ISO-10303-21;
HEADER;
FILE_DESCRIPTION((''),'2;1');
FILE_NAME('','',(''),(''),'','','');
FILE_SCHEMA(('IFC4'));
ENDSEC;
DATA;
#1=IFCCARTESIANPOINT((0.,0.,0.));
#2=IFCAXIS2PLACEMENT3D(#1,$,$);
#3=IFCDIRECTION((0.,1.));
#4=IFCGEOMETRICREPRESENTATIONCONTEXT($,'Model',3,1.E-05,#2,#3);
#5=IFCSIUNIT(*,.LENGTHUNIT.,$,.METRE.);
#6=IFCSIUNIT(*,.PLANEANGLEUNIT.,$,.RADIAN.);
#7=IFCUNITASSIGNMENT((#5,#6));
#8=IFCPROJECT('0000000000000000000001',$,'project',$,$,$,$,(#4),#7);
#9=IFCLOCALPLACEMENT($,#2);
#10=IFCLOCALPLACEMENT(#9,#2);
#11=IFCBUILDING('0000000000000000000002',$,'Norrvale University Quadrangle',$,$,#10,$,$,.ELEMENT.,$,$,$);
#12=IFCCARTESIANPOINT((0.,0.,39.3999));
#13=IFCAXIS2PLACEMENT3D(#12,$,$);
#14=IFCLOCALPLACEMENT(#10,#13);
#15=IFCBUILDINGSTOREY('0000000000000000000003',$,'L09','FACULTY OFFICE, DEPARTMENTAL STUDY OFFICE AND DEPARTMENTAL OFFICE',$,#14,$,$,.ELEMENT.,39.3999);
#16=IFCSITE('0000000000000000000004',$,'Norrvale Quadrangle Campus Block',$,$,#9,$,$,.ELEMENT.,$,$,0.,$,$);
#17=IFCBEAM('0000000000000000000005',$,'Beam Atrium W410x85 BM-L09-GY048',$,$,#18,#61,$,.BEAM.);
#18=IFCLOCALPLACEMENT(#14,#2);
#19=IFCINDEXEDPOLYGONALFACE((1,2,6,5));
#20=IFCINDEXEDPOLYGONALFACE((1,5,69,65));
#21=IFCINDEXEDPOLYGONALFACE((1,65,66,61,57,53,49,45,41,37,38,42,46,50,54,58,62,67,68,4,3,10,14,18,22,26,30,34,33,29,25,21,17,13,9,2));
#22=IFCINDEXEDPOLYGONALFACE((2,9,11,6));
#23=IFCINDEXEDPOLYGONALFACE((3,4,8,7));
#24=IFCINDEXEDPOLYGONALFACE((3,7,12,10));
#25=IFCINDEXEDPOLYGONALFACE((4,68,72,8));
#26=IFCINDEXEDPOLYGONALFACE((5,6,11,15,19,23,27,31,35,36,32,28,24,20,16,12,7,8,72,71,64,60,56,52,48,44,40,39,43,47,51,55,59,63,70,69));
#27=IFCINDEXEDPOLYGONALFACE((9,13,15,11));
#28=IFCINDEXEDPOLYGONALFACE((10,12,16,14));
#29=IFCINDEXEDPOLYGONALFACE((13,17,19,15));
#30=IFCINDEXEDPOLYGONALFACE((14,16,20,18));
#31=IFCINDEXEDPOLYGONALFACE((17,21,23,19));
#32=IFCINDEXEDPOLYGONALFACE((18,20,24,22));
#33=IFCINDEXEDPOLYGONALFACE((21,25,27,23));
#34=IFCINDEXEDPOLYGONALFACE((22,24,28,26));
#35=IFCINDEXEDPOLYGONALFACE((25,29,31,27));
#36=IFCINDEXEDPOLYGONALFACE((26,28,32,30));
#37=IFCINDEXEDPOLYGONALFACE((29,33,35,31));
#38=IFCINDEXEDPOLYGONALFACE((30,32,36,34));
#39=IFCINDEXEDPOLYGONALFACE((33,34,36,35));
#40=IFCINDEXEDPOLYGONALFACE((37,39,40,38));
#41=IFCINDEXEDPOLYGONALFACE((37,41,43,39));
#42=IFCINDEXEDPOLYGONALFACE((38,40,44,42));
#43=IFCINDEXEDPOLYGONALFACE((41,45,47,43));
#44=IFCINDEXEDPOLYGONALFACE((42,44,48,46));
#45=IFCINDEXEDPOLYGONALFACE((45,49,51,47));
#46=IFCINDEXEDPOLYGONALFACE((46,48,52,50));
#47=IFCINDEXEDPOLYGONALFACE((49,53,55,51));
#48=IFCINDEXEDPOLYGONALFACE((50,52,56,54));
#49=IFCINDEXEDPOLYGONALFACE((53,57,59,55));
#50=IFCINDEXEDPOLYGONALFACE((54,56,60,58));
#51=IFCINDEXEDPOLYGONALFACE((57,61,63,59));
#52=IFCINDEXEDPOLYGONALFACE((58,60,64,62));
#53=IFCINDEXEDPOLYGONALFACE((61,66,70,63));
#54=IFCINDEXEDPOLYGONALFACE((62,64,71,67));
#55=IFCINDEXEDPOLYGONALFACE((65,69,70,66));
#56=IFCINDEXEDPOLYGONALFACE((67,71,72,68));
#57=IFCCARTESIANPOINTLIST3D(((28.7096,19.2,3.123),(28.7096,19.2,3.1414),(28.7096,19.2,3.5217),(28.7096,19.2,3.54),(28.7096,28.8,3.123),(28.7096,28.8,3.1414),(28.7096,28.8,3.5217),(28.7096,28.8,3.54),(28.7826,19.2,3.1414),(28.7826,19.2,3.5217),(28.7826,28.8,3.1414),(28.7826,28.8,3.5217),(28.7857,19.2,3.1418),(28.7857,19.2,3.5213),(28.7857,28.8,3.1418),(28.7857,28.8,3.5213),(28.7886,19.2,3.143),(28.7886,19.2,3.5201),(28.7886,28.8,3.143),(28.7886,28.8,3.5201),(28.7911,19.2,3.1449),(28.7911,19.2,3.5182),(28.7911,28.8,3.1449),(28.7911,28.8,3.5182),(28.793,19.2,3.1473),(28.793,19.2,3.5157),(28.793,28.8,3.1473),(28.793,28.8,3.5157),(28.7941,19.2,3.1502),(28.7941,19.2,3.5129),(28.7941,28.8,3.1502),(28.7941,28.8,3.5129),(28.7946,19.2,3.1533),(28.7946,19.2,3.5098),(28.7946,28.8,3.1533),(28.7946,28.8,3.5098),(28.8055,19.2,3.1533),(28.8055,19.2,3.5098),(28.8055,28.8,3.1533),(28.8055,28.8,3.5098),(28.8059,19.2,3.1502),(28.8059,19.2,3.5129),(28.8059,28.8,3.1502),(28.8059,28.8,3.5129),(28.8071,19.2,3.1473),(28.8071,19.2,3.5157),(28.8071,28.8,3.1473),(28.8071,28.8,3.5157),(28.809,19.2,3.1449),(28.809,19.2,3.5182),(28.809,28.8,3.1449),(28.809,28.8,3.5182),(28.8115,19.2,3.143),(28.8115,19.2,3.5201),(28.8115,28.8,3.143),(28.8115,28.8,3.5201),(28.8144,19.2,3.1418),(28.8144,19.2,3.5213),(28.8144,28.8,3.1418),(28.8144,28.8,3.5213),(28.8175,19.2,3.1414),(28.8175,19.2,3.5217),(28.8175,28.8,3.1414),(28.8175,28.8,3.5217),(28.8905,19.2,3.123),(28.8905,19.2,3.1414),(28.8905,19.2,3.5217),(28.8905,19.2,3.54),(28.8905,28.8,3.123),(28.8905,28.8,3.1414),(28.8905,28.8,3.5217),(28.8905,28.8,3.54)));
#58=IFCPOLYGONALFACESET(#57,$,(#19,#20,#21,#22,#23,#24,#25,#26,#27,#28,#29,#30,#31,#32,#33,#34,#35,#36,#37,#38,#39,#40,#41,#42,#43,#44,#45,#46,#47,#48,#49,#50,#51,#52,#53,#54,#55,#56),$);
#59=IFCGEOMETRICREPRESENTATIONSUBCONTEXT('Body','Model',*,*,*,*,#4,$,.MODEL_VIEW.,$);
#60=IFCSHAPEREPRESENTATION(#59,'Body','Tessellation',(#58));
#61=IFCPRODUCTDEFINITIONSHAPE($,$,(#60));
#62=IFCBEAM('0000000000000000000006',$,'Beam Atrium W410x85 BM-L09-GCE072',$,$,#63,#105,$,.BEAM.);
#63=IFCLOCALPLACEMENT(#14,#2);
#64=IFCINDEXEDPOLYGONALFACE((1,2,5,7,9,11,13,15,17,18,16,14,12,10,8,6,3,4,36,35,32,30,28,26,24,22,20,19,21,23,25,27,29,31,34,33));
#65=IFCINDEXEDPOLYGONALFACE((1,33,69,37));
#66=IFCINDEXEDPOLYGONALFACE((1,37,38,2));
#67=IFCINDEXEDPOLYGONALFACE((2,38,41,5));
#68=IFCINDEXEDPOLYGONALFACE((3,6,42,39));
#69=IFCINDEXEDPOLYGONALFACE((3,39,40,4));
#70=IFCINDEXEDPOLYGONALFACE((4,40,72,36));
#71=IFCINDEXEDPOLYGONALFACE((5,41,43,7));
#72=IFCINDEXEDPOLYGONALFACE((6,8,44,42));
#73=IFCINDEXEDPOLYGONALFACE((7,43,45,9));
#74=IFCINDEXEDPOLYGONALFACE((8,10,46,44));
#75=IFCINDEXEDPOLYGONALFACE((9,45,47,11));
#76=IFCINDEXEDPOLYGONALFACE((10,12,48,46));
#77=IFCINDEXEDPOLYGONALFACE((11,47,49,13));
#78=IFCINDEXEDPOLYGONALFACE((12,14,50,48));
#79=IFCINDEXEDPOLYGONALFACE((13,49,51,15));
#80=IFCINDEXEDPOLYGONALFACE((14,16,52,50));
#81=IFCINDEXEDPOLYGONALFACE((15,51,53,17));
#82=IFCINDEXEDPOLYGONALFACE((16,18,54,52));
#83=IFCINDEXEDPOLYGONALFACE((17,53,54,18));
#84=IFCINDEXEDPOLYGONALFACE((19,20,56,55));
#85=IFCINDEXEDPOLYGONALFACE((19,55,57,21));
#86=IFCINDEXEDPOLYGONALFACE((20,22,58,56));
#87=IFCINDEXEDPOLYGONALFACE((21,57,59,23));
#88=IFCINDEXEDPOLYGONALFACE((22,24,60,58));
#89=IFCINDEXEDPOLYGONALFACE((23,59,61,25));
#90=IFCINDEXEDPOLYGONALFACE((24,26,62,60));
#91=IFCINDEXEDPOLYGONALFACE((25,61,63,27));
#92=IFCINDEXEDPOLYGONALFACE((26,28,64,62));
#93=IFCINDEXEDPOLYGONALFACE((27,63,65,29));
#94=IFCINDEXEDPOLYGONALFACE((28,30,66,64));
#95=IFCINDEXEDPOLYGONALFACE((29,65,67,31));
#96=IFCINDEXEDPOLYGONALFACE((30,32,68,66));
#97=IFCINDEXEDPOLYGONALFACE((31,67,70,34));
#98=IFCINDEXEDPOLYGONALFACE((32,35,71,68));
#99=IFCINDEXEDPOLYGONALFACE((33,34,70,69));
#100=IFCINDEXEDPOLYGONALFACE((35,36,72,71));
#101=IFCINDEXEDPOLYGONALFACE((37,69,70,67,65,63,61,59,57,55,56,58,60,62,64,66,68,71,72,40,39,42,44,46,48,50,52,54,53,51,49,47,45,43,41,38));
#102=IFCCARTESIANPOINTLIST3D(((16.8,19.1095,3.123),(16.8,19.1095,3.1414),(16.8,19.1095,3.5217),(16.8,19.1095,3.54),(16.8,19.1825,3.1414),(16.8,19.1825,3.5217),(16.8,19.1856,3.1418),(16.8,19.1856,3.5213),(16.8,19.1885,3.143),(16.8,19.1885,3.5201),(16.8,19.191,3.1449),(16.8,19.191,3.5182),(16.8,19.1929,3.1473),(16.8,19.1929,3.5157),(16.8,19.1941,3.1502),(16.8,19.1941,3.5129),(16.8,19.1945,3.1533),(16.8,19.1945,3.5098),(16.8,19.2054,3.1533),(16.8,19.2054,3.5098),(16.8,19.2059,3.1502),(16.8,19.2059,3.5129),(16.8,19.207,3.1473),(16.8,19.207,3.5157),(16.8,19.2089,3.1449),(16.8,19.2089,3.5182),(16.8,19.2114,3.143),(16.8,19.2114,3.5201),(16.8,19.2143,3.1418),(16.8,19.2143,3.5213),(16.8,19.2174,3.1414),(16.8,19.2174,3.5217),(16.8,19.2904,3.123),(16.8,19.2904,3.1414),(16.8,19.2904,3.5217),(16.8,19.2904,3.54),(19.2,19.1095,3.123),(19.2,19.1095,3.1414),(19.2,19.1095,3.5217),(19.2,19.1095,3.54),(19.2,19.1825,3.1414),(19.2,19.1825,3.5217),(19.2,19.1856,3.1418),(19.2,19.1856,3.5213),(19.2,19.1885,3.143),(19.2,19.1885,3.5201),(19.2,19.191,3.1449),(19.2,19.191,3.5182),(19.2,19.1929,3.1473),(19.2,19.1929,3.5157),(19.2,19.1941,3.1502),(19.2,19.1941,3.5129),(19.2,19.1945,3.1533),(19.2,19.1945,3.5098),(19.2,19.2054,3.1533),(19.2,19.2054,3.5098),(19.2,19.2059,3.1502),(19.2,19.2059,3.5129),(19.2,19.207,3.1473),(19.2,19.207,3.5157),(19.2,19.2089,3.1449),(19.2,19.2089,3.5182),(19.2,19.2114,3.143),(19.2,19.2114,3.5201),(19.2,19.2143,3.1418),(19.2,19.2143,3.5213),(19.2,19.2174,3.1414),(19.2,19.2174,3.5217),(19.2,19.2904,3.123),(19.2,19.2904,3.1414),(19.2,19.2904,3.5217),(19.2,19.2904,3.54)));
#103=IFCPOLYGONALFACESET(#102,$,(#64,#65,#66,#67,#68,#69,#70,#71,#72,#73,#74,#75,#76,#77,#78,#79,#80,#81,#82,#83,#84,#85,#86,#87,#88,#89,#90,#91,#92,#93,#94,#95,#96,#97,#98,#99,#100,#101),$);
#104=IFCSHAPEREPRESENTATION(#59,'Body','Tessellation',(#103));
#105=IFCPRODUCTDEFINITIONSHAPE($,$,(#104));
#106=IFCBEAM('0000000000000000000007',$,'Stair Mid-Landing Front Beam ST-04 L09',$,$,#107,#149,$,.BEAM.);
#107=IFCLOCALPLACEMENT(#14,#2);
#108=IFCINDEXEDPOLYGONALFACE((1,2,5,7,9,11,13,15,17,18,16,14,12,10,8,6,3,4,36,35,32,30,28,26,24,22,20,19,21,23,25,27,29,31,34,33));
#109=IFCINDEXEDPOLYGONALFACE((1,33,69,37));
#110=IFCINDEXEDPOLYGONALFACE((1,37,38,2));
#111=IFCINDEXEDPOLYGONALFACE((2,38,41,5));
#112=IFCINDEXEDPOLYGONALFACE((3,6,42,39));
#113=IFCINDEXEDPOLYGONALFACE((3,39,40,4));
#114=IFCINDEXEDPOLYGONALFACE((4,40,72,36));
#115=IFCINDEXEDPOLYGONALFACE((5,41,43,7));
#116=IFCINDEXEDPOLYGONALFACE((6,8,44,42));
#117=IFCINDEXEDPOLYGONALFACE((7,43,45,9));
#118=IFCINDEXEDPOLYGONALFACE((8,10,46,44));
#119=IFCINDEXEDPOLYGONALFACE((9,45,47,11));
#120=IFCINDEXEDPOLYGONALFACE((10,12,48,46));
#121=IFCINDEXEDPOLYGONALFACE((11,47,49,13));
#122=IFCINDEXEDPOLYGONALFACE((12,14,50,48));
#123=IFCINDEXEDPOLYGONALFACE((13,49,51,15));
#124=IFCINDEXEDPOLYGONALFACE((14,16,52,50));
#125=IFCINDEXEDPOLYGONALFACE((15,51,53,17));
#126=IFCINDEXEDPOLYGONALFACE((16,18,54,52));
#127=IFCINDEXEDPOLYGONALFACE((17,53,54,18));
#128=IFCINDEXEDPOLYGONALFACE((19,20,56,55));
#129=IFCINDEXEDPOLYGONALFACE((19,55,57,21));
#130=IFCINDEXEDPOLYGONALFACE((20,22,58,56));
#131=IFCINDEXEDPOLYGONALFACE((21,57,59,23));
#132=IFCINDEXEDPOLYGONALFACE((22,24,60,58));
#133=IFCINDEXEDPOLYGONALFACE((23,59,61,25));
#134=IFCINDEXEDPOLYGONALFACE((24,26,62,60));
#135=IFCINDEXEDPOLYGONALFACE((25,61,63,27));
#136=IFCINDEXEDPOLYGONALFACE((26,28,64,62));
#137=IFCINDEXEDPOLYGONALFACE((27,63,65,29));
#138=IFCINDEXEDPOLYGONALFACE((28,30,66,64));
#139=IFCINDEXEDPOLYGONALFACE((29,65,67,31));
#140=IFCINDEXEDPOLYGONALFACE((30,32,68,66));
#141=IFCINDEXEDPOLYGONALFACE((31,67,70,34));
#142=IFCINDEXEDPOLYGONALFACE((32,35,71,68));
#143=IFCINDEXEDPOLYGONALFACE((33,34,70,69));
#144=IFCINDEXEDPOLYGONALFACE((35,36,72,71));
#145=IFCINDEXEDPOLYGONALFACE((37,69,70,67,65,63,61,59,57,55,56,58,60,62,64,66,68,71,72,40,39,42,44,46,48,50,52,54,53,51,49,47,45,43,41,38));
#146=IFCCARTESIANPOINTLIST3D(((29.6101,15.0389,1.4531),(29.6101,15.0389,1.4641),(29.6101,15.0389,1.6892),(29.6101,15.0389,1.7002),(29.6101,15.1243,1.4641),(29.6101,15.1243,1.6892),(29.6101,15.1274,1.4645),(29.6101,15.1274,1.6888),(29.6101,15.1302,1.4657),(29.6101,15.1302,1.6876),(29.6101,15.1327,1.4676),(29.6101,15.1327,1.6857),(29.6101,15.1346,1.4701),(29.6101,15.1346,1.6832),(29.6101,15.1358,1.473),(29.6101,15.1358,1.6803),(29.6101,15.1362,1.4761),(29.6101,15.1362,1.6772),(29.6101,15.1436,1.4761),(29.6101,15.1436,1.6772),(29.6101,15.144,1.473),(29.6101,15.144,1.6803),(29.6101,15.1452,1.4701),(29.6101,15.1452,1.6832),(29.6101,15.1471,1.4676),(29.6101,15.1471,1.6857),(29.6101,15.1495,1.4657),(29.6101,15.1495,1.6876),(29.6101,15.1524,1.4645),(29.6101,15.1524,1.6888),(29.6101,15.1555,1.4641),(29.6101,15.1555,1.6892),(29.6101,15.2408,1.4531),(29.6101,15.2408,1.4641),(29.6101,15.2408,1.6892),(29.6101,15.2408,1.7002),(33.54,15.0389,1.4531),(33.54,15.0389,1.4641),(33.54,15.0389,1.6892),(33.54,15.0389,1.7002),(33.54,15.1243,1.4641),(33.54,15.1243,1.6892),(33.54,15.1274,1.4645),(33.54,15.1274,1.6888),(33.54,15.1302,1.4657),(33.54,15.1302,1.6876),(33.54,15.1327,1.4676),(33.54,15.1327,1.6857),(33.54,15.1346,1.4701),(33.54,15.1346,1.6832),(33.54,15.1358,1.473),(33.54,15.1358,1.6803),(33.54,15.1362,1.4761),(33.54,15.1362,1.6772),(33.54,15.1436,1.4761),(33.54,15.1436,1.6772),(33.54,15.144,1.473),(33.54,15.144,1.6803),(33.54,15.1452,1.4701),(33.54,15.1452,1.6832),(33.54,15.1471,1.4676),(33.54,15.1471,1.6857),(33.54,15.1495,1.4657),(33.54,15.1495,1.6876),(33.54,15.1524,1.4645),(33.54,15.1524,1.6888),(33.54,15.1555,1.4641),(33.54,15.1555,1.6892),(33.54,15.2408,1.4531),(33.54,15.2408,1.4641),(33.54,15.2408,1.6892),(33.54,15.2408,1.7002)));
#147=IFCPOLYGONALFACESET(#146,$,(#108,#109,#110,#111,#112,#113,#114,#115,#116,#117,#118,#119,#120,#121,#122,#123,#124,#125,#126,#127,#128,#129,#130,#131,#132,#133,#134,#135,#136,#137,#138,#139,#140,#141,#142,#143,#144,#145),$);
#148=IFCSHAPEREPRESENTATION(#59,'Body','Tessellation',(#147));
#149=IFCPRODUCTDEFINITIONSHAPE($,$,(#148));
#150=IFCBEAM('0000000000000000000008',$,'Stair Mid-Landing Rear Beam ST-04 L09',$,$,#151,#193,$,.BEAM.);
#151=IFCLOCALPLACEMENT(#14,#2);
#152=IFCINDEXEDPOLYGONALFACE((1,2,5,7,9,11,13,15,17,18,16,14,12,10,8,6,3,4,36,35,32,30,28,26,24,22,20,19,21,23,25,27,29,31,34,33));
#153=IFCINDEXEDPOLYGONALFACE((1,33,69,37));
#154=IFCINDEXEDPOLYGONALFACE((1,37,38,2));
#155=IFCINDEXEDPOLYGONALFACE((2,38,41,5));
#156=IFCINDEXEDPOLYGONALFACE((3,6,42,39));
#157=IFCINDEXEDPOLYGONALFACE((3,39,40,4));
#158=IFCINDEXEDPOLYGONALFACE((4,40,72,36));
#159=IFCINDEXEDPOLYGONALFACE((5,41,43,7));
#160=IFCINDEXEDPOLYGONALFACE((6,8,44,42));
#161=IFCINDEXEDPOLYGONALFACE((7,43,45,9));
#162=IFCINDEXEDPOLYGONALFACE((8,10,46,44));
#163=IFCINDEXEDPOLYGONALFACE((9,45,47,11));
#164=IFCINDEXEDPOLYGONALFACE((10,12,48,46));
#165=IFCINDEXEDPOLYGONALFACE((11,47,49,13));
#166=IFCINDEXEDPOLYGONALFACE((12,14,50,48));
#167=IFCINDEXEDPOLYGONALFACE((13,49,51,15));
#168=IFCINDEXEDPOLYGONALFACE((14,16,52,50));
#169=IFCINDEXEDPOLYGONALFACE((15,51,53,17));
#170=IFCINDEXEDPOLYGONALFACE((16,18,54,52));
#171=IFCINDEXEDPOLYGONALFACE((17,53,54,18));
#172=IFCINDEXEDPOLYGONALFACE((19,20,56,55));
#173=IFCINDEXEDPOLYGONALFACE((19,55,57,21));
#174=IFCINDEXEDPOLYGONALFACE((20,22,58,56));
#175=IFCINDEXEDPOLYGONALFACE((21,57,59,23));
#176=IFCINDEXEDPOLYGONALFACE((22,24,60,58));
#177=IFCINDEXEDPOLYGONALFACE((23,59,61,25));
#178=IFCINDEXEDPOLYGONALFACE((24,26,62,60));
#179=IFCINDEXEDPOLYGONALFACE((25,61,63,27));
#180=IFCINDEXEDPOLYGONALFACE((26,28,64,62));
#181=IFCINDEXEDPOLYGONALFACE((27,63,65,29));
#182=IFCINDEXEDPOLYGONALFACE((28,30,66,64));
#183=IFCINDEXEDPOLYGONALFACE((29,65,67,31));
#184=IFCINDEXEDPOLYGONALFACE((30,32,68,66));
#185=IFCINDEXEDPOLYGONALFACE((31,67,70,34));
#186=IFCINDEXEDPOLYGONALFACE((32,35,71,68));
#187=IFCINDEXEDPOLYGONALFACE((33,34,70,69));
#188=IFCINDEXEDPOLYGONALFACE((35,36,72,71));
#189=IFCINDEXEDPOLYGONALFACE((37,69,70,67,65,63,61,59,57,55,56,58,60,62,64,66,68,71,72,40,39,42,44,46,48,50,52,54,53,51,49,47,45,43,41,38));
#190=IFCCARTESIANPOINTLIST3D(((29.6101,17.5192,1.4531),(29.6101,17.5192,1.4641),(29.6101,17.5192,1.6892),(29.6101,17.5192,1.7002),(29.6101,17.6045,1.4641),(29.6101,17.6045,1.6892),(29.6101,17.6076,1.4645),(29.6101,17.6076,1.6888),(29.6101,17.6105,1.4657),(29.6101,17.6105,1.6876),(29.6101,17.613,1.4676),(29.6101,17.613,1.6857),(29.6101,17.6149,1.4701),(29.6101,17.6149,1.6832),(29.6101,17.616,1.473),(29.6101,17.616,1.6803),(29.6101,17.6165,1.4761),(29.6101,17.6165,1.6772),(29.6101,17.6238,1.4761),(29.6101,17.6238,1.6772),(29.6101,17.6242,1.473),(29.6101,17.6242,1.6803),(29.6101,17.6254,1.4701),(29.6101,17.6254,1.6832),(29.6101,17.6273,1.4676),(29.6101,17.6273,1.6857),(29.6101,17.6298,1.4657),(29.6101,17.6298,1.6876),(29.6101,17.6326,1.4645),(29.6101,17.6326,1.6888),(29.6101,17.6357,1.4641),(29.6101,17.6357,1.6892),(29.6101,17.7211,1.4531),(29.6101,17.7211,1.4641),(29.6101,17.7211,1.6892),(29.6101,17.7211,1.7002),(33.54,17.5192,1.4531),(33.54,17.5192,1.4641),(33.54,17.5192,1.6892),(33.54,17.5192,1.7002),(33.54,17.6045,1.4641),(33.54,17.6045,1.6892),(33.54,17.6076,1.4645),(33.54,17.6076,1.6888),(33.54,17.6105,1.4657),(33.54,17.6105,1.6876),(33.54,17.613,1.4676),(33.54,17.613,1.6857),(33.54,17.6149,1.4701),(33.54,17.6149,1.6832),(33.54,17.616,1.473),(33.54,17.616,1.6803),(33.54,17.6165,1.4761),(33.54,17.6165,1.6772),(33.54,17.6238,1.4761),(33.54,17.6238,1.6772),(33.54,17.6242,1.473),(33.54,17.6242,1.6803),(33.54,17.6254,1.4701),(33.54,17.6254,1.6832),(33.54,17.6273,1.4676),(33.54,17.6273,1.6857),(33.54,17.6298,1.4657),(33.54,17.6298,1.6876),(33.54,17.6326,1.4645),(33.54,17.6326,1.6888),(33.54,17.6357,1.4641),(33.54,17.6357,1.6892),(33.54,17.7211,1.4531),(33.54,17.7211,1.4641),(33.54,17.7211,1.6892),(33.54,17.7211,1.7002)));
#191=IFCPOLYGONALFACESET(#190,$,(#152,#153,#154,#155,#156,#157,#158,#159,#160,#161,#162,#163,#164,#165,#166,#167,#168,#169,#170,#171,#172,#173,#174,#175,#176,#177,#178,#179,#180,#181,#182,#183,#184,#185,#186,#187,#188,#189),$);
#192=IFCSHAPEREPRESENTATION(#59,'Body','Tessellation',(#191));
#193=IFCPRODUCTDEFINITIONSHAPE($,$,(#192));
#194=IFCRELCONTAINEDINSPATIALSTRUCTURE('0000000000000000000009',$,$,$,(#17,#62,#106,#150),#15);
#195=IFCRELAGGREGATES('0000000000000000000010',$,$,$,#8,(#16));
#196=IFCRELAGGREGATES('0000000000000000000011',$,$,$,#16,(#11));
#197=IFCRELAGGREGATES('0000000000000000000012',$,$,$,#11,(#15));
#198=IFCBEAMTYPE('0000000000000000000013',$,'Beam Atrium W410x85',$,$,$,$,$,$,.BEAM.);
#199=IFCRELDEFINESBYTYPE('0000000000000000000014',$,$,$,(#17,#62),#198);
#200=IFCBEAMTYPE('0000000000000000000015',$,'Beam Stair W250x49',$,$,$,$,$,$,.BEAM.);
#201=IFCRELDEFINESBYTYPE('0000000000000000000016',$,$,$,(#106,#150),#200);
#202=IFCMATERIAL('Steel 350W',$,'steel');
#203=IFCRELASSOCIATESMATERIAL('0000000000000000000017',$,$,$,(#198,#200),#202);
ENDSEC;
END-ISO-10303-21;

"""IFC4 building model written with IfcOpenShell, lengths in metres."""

from ifc_helpers import new_model, si_unit, direction, frame, origin, origin_2d, place, context, subcontext, project, spatial, i_section, extrude, material, material_profile, profile_set, type_object, element, save


model = new_model("IFC4")

# Units and contexts
model_context = context("Model", 3, precision=1e-05, world=origin(), true_north=direction((0.0, 1.0)))
body_context = subcontext(model_context, "Body", "Model", "MODEL_VIEW")
ifc_project = project(units=[si_unit("LENGTHUNIT", "METRE"), si_unit("PLANEANGLEUNIT", "RADIAN")], contexts=[model_context])

# Site, building, storey
site_placement = place(None, origin())
site = spatial("IfcSite", under=ifc_project, at=site_placement, Name="Norrvale Quadrangle Campus Block", CompositionType="ELEMENT", RefElevation=0.0)
building_placement = place(site_placement, origin())
building = spatial("IfcBuilding", under=site, at=building_placement, Name="Norrvale University Quadrangle", CompositionType="ELEMENT")
storey_placement = place(building_placement, frame((0.0, 0.0, 39.3999)))
storey = spatial("IfcBuildingStorey", under=building, at=storey_placement, Name="L09", Description="FACULTY OFFICE, DEPARTMENTAL STUDY OFFICE AND DEPARTMENTAL OFFICE", CompositionType="ELEMENT", Elevation=39.3999)

# Beams
ifc_material_1 = material(Name="Steel 350W", Category="steel")
ifc_material_profile_1 = material_profile(ifc_material_1, i_section(OverallWidth=0.1809, OverallDepth=0.417, WebThickness=0.011, FlangeThickness=0.0183, FilletRadius=0.012, at=origin_2d()), Name="Steel 350W")
ifc_profile_set_1 = profile_set([ifc_material_profile_1], Name="Steel 350W")
beam_type_1 = type_object("IfcBeamType", Name="Beam Atrium W410x85", PredefinedType="BEAM", material=ifc_profile_set_1)
for number, where, z_axis, x_axis, name in (
    (1, (28.8, 19.2, 3.3315), (0.0, 1.0, 0.0), (-1.0, 0.0, 0.0), "Beam Atrium W410x85 BM-L09-GY048"),
):
    element("IfcBeam", number, at=place(storey_placement, frame(where, z_axis=z_axis, x_axis=x_axis)), inside=storey, type_object=beam_type_1, Name=name, PredefinedType="BEAM", context=body_context, shape_type="SweptSolid", body=[
        extrude(i_section(OverallWidth=0.1809, OverallDepth=0.417, WebThickness=0.011, FlangeThickness=0.0183, FilletRadius=0.012, at=origin_2d()), origin(), (0.0, 0.0, 1.0), 9.6001),
    ])
beam_1_placement = place(storey_placement, frame((16.8, 19.2, 3.3315), z_axis=(1.0, 0.0, 0.0), x_axis=(0.0, 1.0, 0.0)))
element("IfcBeam", 2, at=beam_1_placement, inside=storey, type_object=beam_type_1, Name="Beam Atrium W410x85 BM-L09-GCE072", PredefinedType="BEAM", context=body_context, shape_type="SweptSolid", body=[
    extrude(i_section(OverallWidth=0.1809, OverallDepth=0.417, WebThickness=0.011, FlangeThickness=0.0183, FilletRadius=0.012, at=origin_2d()), origin(), (0.0, 0.0, 1.0), 2.3999),
])
ifc_material_profile_2 = material_profile(ifc_material_1, i_section(OverallWidth=0.2019, OverallDepth=0.2471, WebThickness=0.0073, FlangeThickness=0.011, FilletRadius=0.012, at=origin_2d()), Name="Steel 350W")
ifc_profile_set_2 = profile_set([ifc_material_profile_2], Name="Steel 350W")
beam_type_2 = type_object("IfcBeamType", Name="Beam Stair W250x49", PredefinedType="BEAM", material=ifc_profile_set_2)
for number, where, z_axis, x_axis, name in (
    (3, (29.6101, 15.1399, 1.5767), (1.0, 0.0, 0.0), (0.0, 1.0, 0.0), "Stair Mid-Landing Front Beam ST-04 L09"),
    (4, (29.6101, 17.6201, 1.5767), (1.0, 0.0, 0.0), (0.0, 1.0, 0.0), "Stair Mid-Landing Rear Beam ST-04 L09"),
):
    element("IfcBeam", number, at=place(storey_placement, frame(where, z_axis=z_axis, x_axis=x_axis)), inside=storey, type_object=beam_type_2, Name=name, PredefinedType="BEAM", context=body_context, shape_type="SweptSolid", body=[
        extrude(i_section(OverallWidth=0.2019, OverallDepth=0.2471, WebThickness=0.0073, FlangeThickness=0.011, FilletRadius=0.012, at=origin_2d()), origin(), (0.0, 0.0, 1.0), 3.9299),
    ])

save(model, "model.ifc")
